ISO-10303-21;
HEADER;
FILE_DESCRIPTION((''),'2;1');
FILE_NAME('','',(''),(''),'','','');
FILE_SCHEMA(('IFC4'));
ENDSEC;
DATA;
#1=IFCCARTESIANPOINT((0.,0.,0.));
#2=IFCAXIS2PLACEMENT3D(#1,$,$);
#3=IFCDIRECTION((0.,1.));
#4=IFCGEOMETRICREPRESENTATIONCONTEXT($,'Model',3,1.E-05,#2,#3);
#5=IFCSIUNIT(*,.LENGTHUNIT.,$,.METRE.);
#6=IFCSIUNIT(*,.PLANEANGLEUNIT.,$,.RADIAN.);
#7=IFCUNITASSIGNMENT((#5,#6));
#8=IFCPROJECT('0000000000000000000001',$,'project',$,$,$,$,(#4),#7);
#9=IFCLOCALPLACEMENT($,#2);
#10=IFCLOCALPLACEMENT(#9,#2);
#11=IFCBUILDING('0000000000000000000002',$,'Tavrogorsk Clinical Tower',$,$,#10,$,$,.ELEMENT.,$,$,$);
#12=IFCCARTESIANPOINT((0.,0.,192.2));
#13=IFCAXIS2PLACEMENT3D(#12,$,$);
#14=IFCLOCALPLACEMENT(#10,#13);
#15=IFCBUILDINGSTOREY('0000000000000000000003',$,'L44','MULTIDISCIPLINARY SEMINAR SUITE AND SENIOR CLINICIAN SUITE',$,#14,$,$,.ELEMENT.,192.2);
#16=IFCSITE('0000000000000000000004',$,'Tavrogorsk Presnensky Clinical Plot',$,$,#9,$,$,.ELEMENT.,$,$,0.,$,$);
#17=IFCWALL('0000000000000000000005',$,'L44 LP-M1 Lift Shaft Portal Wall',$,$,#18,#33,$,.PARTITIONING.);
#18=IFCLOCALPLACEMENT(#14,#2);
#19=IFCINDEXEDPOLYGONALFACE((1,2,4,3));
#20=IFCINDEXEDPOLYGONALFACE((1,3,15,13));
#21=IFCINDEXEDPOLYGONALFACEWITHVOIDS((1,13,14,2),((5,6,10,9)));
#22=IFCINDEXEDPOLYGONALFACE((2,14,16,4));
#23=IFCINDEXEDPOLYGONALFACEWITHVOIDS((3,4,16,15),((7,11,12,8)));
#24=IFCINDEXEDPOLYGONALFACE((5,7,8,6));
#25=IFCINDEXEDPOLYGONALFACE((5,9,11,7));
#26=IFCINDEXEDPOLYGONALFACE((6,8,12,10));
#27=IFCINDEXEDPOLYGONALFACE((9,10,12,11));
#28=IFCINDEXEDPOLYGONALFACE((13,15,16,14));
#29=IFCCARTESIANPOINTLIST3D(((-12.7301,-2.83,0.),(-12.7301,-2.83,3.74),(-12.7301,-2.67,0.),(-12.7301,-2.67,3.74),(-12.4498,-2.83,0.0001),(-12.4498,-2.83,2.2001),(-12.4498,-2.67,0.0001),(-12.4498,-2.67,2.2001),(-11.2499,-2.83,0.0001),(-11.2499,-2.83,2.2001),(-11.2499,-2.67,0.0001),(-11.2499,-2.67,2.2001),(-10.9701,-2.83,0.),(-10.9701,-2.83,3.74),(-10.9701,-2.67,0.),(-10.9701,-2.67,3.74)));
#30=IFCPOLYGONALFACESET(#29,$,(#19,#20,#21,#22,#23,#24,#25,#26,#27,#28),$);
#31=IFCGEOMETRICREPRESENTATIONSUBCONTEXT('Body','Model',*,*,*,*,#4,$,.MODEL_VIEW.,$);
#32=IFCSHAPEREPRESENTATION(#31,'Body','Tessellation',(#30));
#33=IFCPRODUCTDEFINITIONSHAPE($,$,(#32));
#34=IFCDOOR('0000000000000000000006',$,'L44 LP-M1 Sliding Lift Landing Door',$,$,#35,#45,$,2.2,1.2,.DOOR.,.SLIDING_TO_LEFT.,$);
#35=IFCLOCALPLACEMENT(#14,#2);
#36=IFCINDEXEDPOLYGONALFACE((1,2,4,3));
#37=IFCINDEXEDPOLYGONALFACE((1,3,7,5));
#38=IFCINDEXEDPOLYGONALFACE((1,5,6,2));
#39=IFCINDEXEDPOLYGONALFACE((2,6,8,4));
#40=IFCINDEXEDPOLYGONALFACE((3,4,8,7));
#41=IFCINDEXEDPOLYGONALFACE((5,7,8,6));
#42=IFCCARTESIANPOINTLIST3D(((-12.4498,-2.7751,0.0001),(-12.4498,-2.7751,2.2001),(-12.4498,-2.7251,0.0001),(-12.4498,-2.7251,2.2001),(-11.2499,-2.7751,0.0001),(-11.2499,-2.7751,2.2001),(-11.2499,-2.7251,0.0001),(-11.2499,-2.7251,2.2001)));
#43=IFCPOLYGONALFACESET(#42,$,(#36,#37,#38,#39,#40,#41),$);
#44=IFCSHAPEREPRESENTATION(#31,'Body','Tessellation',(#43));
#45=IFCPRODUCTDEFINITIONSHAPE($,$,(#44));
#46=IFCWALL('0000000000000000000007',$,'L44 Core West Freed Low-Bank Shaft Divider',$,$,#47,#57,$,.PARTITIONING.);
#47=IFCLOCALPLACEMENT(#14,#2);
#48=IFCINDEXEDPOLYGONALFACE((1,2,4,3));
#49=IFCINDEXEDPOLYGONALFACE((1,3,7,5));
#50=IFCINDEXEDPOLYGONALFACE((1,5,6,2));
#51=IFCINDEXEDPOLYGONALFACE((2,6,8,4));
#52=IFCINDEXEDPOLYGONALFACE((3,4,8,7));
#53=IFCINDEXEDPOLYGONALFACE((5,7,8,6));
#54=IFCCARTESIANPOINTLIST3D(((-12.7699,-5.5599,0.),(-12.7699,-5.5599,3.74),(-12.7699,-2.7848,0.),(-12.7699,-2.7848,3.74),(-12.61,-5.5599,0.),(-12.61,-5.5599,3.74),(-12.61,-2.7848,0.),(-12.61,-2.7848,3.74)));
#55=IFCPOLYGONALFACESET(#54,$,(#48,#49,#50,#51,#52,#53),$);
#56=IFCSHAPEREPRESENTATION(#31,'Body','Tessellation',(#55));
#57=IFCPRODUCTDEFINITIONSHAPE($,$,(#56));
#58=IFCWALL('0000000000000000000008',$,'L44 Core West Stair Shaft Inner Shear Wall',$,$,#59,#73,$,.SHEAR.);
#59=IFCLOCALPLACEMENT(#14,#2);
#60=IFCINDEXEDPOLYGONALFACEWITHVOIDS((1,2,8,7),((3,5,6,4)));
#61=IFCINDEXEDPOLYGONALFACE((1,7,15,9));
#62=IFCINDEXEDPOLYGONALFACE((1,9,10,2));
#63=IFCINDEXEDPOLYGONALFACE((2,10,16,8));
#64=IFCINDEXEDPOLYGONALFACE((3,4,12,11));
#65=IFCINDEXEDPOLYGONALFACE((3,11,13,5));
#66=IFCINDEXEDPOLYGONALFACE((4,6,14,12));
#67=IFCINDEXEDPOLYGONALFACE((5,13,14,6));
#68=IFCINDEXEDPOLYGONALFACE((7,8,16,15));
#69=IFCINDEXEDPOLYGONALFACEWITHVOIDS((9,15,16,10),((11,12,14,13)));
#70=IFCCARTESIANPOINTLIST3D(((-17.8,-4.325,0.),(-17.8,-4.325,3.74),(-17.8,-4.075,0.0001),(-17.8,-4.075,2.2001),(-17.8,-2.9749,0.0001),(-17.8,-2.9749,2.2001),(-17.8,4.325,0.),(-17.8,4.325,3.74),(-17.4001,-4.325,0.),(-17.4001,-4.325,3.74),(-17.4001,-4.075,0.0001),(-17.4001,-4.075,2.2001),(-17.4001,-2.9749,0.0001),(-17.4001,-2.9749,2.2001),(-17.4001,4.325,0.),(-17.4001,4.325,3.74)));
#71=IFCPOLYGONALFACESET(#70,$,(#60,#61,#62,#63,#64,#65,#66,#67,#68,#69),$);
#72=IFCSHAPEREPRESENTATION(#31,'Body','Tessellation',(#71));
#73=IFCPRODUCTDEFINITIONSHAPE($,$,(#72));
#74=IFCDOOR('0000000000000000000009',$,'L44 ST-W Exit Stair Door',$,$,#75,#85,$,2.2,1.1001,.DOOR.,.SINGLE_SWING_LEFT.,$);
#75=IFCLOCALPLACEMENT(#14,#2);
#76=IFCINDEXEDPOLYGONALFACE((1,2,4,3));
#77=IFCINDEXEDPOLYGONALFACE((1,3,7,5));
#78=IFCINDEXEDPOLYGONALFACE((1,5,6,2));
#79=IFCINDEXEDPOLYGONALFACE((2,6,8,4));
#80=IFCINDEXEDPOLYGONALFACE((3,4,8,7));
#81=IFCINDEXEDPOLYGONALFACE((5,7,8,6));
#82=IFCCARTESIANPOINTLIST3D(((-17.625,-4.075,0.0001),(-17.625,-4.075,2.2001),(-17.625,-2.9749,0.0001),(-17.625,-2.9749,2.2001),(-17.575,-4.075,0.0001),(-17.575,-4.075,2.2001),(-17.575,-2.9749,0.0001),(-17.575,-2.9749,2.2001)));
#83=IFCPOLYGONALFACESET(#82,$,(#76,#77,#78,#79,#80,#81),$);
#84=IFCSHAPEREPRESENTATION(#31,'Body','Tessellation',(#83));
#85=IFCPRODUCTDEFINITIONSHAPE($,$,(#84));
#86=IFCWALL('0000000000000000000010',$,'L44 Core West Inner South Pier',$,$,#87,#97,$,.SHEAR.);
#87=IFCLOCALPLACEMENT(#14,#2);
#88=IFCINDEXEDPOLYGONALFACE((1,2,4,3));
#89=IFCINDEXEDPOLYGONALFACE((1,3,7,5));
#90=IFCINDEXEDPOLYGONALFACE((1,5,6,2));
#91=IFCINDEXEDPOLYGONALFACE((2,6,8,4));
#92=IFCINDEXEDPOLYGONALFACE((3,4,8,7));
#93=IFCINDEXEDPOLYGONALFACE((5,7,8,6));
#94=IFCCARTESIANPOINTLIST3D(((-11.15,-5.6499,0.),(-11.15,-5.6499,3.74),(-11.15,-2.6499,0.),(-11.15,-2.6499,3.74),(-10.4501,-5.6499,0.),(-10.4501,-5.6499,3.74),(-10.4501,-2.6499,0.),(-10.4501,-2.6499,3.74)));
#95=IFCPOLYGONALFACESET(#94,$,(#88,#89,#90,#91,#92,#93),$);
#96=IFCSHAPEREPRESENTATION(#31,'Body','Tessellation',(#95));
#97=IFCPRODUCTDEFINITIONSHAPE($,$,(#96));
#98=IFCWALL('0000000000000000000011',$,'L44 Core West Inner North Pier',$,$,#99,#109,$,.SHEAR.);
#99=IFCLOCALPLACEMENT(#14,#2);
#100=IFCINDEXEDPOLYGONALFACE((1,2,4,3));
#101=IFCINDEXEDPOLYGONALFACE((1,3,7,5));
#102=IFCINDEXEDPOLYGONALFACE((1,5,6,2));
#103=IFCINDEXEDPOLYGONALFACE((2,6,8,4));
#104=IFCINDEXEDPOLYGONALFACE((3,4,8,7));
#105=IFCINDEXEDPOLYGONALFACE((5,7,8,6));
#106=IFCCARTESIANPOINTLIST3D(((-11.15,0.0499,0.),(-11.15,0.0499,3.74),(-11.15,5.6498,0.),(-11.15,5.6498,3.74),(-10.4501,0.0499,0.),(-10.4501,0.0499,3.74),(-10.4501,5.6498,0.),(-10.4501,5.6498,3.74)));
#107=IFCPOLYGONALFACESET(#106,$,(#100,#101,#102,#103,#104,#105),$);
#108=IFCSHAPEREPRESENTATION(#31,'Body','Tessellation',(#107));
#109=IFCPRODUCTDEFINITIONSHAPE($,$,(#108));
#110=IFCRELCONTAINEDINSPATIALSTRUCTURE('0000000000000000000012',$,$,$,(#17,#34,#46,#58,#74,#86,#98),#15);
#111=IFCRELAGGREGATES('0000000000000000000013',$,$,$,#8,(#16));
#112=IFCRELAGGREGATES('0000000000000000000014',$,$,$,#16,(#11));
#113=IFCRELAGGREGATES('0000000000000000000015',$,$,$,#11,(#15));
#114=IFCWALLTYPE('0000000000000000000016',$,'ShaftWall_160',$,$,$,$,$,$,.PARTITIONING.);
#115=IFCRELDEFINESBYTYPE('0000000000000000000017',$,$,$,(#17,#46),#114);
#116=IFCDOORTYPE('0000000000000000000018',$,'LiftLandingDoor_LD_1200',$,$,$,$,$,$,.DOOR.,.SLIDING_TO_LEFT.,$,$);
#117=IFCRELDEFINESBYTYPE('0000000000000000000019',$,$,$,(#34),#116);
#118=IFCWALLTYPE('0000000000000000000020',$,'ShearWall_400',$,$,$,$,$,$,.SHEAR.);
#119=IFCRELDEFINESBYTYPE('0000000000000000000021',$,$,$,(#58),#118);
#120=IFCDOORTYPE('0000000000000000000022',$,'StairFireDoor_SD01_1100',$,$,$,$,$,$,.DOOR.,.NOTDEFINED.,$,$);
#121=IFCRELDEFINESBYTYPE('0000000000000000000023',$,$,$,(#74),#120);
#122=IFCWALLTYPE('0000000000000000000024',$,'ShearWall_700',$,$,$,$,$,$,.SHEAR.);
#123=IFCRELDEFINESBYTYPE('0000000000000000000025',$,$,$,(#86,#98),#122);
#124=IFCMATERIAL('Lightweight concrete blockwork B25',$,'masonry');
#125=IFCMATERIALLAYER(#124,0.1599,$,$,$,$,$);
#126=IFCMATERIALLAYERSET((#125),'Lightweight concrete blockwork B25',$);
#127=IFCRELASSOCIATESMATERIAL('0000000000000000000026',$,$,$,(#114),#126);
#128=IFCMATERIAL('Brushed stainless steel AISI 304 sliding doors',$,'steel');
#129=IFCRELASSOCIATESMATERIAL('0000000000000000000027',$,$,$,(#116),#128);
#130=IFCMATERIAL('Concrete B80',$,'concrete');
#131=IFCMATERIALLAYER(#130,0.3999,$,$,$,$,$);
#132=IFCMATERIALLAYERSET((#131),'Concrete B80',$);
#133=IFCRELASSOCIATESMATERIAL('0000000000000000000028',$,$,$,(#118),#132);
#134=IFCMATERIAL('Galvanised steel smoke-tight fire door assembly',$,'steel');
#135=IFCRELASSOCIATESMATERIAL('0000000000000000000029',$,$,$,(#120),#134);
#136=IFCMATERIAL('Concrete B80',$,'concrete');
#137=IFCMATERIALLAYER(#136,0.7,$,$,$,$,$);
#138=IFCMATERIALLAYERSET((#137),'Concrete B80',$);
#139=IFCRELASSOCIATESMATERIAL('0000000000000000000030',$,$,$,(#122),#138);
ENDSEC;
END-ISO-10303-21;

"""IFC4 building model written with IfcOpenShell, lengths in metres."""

from ifc_helpers import new_model, si_unit, direction, frame, frame_2d, origin, place, context, subcontext, project, spatial, rectangle, extrude, material, layer, layer_set, type_object, element, fill, save


model = new_model("IFC4")

# Units and contexts
model_context = context("Model", 3, precision=1e-05, world=origin(), true_north=direction((0.0, 1.0)))
body_context = subcontext(model_context, "Body", "Model", "MODEL_VIEW")
ifc_project = project(units=[si_unit("LENGTHUNIT", "METRE"), si_unit("PLANEANGLEUNIT", "RADIAN")], contexts=[model_context])

# Site, building, storey
site_placement = place(None, origin())
site = spatial("IfcSite", under=ifc_project, at=site_placement, Name="Tavrogorsk Presnensky Clinical Plot", CompositionType="ELEMENT", RefElevation=0.0)
building_placement = place(site_placement, origin())
building = spatial("IfcBuilding", under=site, at=building_placement, Name="Tavrogorsk Clinical Tower", CompositionType="ELEMENT")
storey_placement = place(building_placement, frame((0.0, 0.0, 192.2)))
storey = spatial("IfcBuildingStorey", under=building, at=storey_placement, Name="L44", Description="MULTIDISCIPLINARY SEMINAR SUITE AND SENIOR CLINICIAN SUITE", CompositionType="ELEMENT", Elevation=192.2)

# Wall, opening, door
ifc_material_1 = material(Name="Lightweight concrete blockwork B25", Category="masonry")
ifc_layer_1 = layer(ifc_material_1, 0.1599)
ifc_layer_set_1 = layer_set([ifc_layer_1], Name="Lightweight concrete blockwork B25")
wall_type_1 = type_object("IfcWallType", Name="ShaftWall_160", PredefinedType="PARTITIONING", material=ifc_layer_set_1)
wall_1_placement = place(storey_placement, frame((-12.73, -2.75, 0.0), z_axis=(0.0, 0.0, 1.0), x_axis=(1.0, 0.0, 0.0)))
wall_1 = element("IfcWall", 1, at=wall_1_placement, inside=storey, type_object=wall_type_1, Name="L44 LP-M1 Lift Shaft Portal Wall", PredefinedType="PARTITIONING", context=body_context, shape_type="SweptSolid", body=[
    extrude(rectangle(XDim=1.76, YDim=0.1599, at=frame_2d((0.8799, 0.0))), origin(), (0.0, 0.0, 1.0), 3.74),
])
opening_1_placement = place(wall_1_placement, frame((0.28, 0.0, 0.0)))
opening_1 = element("IfcOpeningElement", 2, at=opening_1_placement, cuts=wall_1, PredefinedType="OPENING", context=body_context, shape_type="SweptSolid", body=[
    extrude(rectangle(XDim=1.2, YDim=2.2, at=frame_2d((0.6001, 1.1001))), frame((0.0, 0.0898, 0.0), z_axis=(0.0, -1.0, 0.0), x_axis=(1.0, 0.0, 0.0)), (0.0, 0.0, 1.0), 0.1799),
])
ifc_material_2 = material(Name="Brushed stainless steel AISI 304 sliding doors", Category="steel")
door_type_1 = type_object("IfcDoorType", Name="LiftLandingDoor_LD_1200", OperationType="SLIDING_TO_LEFT", PredefinedType="DOOR", material=ifc_material_2)
door_1_placement = place(opening_1_placement, origin())
door_1 = element("IfcDoor", 3, at=door_1_placement, inside=storey, type_object=door_type_1, Name="L44 LP-M1 Sliding Lift Landing Door", OperationType="SLIDING_TO_LEFT", OverallHeight=2.2, OverallWidth=1.2, PredefinedType="DOOR", context=body_context, shape_type="SweptSolid", body=[
    extrude(rectangle(XDim=1.2, YDim=2.2, at=frame_2d((0.6001, 1.1001))), frame((0.0, 0.0249, 0.0), z_axis=(0.0, -1.0, 0.0), x_axis=(1.0, 0.0, 0.0)), (0.0, 0.0, 1.0), 0.05),
])
fill(opening_1, door_1)

# Wall
wall_2_placement = place(storey_placement, frame((-12.6899, -5.5601, 0.0), z_axis=(0.0, 0.0, 1.0), x_axis=(0.0, 1.0, 0.0)))
element("IfcWall", 4, at=wall_2_placement, inside=storey, type_object=wall_type_1, Name="L44 Core West Freed Low-Bank Shaft Divider", PredefinedType="PARTITIONING", context=body_context, shape_type="SweptSolid", body=[
    extrude(rectangle(XDim=2.7751, YDim=0.1599, at=frame_2d((1.3877, 0.0))), origin(), (0.0, 0.0, 1.0), 3.74),
])

# Wall, opening, door
ifc_material_3 = material(Name="Concrete B80", Category="concrete")
ifc_layer_2 = layer(ifc_material_3, 0.3999)
ifc_layer_set_2 = layer_set([ifc_layer_2], Name="Concrete B80")
wall_type_2 = type_object("IfcWallType", Name="ShearWall_400", PredefinedType="SHEAR", material=ifc_layer_set_2)
wall_3_placement = place(storey_placement, frame((-17.6001, -4.325, 0.0), z_axis=(0.0, 0.0, 1.0), x_axis=(0.0, 1.0, 0.0)))
wall_3 = element("IfcWall", 5, at=wall_3_placement, inside=storey, type_object=wall_type_2, Name="L44 Core West Stair Shaft Inner Shear Wall", PredefinedType="SHEAR", context=body_context, shape_type="SweptSolid", body=[
    extrude(rectangle(XDim=8.6499, YDim=0.3999, at=frame_2d((4.325, 0.0))), origin(), (0.0, 0.0, 1.0), 3.74),
])
opening_2_placement = place(wall_3_placement, frame((0.25, 0.0, 0.0)))
opening_2 = element("IfcOpeningElement", 6, at=opening_2_placement, cuts=wall_3, PredefinedType="OPENING", context=body_context, shape_type="SweptSolid", body=[
    extrude(rectangle(XDim=1.1001, YDim=2.2, at=frame_2d((0.55, 1.1001))), frame((0.0, 0.21, 0.0), z_axis=(0.0, -1.0, 0.0), x_axis=(1.0, 0.0, 0.0)), (0.0, 0.0, 1.0), 0.4199),
])
ifc_material_4 = material(Name="Galvanised steel smoke-tight fire door assembly", Category="steel")
door_type_2 = type_object("IfcDoorType", Name="StairFireDoor_SD01_1100", OperationType="NOTDEFINED", PredefinedType="DOOR", material=ifc_material_4)
door_2_placement = place(opening_2_placement, origin())
door_2 = element("IfcDoor", 7, at=door_2_placement, inside=storey, type_object=door_type_2, Name="L44 ST-W Exit Stair Door", OperationType="SINGLE_SWING_LEFT", OverallHeight=2.2, OverallWidth=1.1001, PredefinedType="DOOR", context=body_context, shape_type="SweptSolid", body=[
    extrude(rectangle(XDim=1.1001, YDim=2.2, at=frame_2d((0.55, 1.1001))), frame((0.0, 0.0249, 0.0), z_axis=(0.0, -1.0, 0.0), x_axis=(1.0, 0.0, 0.0)), (0.0, 0.0, 1.0), 0.05),
])
fill(opening_2, door_2)

# Walls
ifc_material_5 = material(Name="Concrete B80", Category="concrete")
ifc_layer_3 = layer(ifc_material_5, 0.7)
ifc_layer_set_3 = layer_set([ifc_layer_3], Name="Concrete B80")
wall_type_3 = type_object("IfcWallType", Name="ShearWall_700", PredefinedType="SHEAR", material=ifc_layer_set_3)
wall_4_placement = place(storey_placement, frame((-10.8, -5.6499, 0.0), z_axis=(0.0, 0.0, 1.0), x_axis=(0.0, 1.0, 0.0)))
element("IfcWall", 8, at=wall_4_placement, inside=storey, type_object=wall_type_3, Name="L44 Core West Inner South Pier", PredefinedType="SHEAR", context=body_context, shape_type="SweptSolid", body=[
    extrude(rectangle(XDim=3.0, YDim=0.7, at=frame_2d((1.5, 0.0))), origin(), (0.0, 0.0, 1.0), 3.74),
])
wall_5_placement = place(storey_placement, frame((-10.8, 0.05, 0.0), z_axis=(0.0, 0.0, 1.0), x_axis=(0.0, 1.0, 0.0)))
element("IfcWall", 9, at=wall_5_placement, inside=storey, type_object=wall_type_3, Name="L44 Core West Inner North Pier", PredefinedType="SHEAR", context=body_context, shape_type="SweptSolid", body=[
    extrude(rectangle(XDim=5.5999, YDim=0.7, at=frame_2d((2.7998, 0.0))), origin(), (0.0, 0.0, 1.0), 3.74),
])

save(model, "model.ifc")
